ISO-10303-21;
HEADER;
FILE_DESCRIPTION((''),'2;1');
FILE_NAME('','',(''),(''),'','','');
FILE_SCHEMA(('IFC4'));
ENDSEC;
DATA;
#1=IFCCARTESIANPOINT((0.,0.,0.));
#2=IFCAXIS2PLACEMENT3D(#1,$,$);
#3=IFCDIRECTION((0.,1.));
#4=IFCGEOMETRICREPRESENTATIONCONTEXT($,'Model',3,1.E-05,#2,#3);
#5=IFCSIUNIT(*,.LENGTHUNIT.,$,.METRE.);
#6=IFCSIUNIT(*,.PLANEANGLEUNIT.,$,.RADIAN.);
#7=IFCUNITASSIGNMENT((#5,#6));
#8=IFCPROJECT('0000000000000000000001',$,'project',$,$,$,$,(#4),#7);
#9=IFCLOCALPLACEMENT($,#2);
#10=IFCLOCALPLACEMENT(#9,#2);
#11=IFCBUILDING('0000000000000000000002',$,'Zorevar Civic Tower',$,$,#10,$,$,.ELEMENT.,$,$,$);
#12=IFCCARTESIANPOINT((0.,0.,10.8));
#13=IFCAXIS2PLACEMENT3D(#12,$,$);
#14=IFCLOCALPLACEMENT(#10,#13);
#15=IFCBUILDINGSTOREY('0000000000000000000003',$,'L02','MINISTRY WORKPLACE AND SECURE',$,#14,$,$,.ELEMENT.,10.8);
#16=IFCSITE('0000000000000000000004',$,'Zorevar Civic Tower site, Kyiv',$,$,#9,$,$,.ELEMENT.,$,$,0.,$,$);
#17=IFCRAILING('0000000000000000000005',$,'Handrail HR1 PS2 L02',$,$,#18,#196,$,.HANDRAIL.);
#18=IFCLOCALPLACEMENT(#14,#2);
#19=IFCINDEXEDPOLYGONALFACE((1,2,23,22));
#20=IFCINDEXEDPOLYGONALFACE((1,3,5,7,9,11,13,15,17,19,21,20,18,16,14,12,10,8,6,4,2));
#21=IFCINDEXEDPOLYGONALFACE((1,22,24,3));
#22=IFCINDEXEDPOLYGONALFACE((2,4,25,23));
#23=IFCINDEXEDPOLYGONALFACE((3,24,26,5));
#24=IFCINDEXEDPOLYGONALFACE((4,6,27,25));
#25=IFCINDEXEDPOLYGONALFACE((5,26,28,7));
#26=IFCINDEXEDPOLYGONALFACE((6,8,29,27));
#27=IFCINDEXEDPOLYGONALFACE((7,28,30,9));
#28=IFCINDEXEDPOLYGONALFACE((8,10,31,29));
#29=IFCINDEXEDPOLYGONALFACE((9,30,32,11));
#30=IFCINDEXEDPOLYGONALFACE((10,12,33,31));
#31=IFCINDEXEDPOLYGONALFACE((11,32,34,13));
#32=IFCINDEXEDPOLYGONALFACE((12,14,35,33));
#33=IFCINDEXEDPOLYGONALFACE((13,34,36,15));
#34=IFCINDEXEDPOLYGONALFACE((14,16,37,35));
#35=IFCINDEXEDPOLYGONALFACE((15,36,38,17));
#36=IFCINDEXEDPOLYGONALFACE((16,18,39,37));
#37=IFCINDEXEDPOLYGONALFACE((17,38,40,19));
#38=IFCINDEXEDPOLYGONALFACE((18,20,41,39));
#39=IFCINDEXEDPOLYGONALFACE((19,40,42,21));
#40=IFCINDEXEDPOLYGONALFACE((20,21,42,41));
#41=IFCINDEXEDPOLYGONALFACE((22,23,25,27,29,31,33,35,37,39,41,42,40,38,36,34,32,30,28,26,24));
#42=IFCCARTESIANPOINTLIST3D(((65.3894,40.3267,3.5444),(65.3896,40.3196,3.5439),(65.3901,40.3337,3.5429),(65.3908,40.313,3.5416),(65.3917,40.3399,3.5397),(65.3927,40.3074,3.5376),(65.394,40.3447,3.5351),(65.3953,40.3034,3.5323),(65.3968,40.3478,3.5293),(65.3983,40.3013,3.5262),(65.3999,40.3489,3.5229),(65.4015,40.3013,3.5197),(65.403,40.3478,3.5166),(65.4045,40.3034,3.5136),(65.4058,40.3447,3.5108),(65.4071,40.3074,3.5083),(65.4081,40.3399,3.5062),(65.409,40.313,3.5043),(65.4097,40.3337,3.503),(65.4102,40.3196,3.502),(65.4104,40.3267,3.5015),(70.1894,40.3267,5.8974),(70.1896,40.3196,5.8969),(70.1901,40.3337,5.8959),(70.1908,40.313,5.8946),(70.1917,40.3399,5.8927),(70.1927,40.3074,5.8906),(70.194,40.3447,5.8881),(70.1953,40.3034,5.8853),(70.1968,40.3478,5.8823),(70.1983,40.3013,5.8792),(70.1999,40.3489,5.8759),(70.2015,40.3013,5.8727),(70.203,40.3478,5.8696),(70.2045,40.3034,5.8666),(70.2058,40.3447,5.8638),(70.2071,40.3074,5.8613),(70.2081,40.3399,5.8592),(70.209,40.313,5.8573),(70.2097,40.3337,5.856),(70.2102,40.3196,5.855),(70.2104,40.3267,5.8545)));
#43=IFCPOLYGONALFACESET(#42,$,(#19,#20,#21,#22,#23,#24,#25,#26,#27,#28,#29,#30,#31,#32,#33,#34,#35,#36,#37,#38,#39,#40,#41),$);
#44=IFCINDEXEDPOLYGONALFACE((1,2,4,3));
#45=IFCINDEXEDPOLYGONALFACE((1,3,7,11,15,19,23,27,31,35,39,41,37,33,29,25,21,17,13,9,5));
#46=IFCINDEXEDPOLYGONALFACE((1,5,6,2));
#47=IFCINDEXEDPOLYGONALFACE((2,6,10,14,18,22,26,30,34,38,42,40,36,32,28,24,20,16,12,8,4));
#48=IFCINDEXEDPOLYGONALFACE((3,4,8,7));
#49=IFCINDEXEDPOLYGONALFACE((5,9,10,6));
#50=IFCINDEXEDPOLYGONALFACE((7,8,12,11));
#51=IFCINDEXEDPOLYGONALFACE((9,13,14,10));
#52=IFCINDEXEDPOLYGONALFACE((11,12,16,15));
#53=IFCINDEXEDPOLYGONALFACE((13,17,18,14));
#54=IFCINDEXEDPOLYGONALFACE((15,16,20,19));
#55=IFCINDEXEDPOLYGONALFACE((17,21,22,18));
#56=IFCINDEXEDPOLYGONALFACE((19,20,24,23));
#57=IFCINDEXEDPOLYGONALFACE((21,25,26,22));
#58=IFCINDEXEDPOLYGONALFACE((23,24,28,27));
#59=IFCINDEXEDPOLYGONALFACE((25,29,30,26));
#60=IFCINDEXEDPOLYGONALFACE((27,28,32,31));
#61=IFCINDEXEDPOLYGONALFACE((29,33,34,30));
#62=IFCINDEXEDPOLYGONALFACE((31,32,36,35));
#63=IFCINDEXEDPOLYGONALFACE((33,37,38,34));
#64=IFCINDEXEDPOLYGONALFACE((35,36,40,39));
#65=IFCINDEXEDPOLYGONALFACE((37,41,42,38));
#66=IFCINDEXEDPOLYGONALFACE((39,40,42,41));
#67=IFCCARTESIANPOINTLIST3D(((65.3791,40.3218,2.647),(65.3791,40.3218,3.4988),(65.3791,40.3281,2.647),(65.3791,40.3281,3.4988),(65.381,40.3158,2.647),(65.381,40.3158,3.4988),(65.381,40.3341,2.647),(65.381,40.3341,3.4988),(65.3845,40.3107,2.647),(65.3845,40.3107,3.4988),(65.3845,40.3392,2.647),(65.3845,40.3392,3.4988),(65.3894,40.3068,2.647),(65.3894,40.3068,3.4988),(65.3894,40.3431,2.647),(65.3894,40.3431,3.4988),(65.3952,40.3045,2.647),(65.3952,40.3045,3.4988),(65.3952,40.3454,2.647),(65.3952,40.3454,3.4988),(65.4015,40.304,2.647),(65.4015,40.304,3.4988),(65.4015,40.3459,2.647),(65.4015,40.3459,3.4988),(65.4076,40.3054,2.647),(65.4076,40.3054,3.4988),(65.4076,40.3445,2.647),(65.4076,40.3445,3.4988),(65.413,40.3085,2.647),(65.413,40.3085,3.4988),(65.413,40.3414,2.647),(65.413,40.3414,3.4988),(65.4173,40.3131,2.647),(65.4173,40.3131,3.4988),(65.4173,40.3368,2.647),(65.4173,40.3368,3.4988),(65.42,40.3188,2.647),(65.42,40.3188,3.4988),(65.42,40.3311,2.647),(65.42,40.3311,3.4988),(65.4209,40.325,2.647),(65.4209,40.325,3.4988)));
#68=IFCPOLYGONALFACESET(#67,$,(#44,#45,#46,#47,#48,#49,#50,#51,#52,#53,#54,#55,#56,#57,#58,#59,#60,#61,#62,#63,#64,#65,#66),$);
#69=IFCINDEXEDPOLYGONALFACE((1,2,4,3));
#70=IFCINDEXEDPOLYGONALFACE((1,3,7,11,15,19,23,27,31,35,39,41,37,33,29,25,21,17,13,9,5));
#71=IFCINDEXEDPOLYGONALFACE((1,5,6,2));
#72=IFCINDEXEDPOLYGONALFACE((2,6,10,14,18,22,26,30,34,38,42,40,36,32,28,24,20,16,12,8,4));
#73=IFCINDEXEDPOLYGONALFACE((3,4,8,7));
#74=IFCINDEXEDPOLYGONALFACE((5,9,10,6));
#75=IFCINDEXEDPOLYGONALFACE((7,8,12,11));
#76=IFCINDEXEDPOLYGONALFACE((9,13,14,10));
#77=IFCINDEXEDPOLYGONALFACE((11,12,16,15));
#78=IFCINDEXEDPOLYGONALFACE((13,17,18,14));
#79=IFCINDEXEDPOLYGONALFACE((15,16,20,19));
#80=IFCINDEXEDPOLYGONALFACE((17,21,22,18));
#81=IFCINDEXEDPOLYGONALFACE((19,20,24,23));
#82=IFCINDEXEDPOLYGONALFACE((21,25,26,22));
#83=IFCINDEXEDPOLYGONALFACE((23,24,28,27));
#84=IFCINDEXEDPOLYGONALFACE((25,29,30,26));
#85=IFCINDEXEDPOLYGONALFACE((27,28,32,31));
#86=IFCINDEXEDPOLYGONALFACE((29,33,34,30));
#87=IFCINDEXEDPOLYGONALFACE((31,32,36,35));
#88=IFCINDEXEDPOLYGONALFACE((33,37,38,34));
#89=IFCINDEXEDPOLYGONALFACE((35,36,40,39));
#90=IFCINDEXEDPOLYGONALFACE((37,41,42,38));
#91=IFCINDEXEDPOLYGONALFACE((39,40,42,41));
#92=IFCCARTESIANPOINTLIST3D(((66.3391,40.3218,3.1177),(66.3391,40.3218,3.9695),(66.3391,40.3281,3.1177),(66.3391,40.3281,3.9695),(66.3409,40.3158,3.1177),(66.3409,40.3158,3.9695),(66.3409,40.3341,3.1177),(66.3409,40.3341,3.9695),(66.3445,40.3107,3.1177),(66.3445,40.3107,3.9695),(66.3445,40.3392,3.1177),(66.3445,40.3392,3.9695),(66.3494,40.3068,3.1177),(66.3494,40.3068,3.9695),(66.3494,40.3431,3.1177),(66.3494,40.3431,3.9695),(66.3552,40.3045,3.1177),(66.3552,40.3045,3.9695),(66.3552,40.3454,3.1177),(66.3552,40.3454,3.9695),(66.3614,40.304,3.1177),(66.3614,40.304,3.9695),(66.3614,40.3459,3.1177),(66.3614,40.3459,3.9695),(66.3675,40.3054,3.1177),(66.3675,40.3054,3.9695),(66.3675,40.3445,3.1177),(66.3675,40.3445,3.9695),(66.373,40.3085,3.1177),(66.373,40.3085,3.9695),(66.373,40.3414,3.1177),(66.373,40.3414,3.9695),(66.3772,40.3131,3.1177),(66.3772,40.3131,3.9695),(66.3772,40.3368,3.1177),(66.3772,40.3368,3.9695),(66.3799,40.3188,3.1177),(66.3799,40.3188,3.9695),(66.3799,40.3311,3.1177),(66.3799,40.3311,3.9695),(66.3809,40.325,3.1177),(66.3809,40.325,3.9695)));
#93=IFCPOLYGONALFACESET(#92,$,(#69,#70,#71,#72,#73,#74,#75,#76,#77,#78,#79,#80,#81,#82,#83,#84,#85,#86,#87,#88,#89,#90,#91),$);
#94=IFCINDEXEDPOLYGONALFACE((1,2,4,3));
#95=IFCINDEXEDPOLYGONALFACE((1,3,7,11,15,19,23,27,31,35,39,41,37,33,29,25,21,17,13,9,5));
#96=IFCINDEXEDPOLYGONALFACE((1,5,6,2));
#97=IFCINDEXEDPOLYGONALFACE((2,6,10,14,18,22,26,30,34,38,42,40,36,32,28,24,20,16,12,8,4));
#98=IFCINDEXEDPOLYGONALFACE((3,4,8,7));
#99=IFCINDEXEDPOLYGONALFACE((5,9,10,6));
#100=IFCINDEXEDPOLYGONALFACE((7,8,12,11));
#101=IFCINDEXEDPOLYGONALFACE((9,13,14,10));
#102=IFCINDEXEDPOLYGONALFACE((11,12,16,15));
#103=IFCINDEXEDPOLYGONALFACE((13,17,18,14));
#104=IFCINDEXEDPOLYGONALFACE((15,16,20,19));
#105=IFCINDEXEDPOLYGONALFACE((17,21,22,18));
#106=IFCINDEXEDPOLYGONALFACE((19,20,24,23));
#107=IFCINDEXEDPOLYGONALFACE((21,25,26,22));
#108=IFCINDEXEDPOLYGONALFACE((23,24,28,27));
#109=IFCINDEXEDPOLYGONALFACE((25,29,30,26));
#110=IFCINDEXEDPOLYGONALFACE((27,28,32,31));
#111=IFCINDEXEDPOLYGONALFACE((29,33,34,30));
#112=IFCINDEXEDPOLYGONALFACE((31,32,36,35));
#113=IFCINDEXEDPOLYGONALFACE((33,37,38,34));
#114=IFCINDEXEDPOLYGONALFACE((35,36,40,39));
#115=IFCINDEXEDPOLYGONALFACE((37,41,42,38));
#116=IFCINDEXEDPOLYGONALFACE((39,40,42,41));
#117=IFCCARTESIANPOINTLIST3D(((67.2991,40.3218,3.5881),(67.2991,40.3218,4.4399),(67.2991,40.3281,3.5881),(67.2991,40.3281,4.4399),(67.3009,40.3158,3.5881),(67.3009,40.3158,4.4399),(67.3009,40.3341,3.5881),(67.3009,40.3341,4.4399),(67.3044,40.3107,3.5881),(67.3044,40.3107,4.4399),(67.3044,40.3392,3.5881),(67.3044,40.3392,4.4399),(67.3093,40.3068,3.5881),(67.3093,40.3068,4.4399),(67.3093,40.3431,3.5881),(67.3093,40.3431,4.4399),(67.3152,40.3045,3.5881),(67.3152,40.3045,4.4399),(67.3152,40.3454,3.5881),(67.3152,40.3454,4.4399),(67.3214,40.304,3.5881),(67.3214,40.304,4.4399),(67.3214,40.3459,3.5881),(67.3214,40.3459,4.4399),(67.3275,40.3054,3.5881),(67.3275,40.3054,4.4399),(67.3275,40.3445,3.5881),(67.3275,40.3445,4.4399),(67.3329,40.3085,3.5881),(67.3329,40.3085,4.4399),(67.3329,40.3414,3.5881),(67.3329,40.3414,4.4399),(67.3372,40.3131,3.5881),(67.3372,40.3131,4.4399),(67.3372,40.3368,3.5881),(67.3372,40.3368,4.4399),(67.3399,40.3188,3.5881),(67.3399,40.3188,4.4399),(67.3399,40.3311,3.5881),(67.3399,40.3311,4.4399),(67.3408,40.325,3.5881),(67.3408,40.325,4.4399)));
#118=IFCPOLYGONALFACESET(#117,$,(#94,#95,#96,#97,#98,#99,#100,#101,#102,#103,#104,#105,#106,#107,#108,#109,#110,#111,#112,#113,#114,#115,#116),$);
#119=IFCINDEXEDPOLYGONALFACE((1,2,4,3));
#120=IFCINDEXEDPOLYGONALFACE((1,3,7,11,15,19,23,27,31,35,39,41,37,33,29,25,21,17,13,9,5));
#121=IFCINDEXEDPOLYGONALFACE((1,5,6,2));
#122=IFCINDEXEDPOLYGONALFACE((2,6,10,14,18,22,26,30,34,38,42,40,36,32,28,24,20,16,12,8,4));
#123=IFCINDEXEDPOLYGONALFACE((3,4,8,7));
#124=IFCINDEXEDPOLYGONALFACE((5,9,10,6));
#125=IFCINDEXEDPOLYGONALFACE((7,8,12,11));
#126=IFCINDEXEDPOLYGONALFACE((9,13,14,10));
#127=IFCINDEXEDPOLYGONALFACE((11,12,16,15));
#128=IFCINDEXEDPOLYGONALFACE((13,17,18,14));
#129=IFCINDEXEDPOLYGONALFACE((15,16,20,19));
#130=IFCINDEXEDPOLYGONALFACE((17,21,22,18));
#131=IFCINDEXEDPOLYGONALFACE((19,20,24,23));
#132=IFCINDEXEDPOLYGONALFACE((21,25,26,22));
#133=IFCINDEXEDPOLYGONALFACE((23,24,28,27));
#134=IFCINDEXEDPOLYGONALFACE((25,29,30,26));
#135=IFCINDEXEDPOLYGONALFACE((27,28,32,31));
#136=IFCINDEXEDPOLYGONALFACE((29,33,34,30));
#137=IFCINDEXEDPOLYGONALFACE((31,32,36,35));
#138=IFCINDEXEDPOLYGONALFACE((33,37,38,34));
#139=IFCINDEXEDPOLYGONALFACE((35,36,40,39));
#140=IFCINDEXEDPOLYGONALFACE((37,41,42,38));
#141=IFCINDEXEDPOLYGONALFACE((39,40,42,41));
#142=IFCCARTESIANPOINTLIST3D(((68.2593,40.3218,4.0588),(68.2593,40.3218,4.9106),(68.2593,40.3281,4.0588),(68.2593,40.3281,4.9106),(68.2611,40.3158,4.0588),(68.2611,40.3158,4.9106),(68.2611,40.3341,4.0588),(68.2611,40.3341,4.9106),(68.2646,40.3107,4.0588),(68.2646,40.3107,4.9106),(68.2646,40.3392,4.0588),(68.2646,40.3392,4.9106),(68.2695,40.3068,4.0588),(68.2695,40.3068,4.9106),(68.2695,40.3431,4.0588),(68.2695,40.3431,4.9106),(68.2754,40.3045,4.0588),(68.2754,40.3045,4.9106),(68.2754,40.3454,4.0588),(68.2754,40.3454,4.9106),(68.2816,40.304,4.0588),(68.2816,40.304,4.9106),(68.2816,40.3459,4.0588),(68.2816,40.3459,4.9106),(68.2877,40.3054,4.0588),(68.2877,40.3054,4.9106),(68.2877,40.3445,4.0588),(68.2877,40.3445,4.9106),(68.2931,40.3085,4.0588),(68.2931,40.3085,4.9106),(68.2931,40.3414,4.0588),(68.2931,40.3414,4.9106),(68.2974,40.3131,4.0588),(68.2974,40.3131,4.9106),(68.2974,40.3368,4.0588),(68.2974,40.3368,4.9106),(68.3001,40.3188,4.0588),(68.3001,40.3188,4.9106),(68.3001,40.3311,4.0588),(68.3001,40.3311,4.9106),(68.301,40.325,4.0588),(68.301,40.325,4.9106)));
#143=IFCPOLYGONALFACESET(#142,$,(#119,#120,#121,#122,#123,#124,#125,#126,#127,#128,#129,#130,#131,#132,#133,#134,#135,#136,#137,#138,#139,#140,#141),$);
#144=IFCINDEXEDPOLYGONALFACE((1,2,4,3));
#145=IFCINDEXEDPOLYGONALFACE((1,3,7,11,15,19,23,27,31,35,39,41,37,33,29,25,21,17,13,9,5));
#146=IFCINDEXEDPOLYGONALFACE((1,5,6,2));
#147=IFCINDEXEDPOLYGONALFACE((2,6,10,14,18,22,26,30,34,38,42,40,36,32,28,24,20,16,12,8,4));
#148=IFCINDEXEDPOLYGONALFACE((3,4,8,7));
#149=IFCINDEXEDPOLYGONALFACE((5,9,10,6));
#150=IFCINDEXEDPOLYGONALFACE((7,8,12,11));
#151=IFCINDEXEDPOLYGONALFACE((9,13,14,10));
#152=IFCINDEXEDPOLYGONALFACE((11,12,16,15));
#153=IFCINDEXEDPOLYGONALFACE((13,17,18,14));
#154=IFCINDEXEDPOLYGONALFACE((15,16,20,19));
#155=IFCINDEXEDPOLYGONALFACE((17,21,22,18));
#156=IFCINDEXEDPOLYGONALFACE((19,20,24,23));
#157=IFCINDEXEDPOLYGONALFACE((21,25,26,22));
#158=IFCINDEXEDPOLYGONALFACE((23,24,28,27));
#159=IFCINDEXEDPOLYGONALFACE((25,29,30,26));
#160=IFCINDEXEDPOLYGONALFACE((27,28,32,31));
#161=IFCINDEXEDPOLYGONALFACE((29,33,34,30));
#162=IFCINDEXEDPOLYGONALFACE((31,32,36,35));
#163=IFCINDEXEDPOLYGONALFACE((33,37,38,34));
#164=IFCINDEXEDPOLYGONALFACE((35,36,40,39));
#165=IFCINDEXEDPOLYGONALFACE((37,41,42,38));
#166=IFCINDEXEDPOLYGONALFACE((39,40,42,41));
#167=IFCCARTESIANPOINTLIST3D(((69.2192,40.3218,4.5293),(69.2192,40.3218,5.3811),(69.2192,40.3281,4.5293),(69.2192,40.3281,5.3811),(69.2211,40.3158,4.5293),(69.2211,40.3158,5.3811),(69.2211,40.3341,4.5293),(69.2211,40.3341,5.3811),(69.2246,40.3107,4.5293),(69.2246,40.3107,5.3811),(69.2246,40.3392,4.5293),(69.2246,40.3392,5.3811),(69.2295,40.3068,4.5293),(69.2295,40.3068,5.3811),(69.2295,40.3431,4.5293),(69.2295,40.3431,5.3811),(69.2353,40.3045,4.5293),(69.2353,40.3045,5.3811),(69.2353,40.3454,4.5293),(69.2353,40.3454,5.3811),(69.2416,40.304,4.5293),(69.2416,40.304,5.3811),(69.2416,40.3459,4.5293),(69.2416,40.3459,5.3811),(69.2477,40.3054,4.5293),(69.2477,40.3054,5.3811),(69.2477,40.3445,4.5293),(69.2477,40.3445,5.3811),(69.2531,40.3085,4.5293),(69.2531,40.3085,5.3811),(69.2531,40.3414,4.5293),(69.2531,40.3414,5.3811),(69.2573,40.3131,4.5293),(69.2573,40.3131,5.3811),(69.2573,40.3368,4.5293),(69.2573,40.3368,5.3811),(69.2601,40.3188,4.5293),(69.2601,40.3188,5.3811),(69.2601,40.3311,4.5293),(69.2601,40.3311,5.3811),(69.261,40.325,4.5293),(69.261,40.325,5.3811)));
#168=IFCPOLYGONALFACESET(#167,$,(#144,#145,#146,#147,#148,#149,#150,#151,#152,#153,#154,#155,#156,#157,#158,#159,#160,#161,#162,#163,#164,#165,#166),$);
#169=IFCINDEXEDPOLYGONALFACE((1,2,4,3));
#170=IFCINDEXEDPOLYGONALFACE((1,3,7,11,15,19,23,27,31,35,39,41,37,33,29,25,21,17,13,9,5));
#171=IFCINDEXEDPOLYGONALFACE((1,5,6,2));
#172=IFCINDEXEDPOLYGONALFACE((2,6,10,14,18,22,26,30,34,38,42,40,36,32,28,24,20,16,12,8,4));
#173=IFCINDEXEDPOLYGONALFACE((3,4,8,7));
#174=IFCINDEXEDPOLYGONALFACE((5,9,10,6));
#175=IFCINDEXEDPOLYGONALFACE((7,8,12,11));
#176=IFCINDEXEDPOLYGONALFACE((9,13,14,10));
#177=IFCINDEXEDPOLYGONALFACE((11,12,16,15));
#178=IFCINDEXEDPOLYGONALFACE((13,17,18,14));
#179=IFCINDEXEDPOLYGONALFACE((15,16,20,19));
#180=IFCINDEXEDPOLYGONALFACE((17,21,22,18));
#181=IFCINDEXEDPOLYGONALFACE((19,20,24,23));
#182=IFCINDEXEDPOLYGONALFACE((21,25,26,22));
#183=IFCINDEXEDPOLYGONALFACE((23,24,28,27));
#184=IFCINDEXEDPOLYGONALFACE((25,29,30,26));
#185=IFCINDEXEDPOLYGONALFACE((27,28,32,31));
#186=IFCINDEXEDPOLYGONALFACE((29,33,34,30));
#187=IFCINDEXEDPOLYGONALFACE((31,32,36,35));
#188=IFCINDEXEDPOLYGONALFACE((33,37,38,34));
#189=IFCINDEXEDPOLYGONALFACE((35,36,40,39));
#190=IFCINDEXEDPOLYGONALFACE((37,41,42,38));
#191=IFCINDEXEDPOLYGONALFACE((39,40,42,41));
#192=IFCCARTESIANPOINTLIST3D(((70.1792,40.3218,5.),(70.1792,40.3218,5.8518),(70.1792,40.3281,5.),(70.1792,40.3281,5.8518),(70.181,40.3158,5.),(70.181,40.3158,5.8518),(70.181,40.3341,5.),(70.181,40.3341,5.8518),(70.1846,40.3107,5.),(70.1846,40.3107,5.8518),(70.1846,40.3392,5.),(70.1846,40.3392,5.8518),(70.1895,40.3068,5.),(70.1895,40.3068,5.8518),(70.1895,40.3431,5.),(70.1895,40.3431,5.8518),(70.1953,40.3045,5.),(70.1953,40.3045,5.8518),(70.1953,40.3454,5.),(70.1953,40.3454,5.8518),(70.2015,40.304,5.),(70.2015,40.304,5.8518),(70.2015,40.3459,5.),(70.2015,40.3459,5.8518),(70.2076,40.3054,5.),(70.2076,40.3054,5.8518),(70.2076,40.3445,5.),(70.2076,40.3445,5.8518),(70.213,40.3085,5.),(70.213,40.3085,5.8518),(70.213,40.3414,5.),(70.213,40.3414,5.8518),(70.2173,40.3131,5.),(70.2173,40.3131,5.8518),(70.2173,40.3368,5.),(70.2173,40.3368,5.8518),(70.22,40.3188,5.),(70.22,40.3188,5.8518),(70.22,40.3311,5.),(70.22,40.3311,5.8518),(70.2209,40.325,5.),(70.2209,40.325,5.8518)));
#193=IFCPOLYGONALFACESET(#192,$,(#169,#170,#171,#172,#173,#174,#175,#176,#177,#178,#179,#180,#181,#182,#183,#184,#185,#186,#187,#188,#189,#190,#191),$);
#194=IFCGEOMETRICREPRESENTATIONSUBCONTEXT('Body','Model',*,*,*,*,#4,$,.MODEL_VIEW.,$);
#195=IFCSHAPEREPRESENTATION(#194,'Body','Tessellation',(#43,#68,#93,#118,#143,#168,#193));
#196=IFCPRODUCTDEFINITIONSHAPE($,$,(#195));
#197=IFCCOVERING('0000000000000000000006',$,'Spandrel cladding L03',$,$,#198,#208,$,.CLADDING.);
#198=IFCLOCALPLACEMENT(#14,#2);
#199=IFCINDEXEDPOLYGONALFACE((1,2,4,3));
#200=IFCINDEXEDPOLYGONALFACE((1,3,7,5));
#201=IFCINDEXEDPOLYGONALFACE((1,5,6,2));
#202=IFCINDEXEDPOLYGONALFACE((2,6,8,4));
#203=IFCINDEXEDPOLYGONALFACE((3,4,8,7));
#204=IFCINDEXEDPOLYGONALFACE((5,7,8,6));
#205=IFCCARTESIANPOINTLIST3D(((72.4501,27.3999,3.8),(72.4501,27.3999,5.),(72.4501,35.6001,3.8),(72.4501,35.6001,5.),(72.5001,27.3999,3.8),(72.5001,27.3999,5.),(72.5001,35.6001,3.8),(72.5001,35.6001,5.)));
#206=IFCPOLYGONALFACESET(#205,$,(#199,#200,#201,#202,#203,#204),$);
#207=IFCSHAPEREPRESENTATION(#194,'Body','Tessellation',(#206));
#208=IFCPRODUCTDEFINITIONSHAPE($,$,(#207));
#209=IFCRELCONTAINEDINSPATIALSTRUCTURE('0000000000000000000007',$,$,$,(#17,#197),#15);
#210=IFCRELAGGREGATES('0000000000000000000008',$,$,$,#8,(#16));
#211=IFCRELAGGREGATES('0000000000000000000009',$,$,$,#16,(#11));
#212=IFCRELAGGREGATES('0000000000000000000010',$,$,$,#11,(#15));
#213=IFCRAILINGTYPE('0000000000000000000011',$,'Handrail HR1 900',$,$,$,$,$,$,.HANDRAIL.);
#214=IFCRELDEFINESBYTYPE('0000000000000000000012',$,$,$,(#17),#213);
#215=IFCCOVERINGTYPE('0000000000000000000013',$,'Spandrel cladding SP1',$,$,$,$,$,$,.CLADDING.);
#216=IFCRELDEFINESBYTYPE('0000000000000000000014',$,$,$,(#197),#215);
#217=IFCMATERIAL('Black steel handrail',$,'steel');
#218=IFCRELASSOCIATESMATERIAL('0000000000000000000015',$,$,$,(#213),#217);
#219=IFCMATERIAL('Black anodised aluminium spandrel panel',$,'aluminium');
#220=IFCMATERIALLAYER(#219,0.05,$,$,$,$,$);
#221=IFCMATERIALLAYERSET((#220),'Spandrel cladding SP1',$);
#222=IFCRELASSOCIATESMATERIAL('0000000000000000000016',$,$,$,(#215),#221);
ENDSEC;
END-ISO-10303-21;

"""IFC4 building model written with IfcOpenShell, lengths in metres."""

from ifc_helpers import new_model, si_unit, direction, frame, frame_2d, origin, origin_2d, place, context, subcontext, project, spatial, rectangle, circle, extrude, material, layer, layer_set, type_object, element, save


model = new_model("IFC4")

# Units and contexts
model_context = context("Model", 3, precision=1e-05, world=origin(), true_north=direction((0.0, 1.0)))
body_context = subcontext(model_context, "Body", "Model", "MODEL_VIEW")
ifc_project = project(units=[si_unit("LENGTHUNIT", "METRE"), si_unit("PLANEANGLEUNIT", "RADIAN")], contexts=[model_context])

# Site, building, storey
site_placement = place(None, origin())
site = spatial("IfcSite", under=ifc_project, at=site_placement, Name="Zorevar Civic Tower site, Kyiv", CompositionType="ELEMENT", RefElevation=0.0)
building_placement = place(site_placement, origin())
building = spatial("IfcBuilding", under=site, at=building_placement, Name="Zorevar Civic Tower", CompositionType="ELEMENT")
storey_placement = place(building_placement, frame((0.0, 0.0, 10.8)))
storey = spatial("IfcBuildingStorey", under=building, at=storey_placement, Name="L02", Description="MINISTRY WORKPLACE AND SECURE", CompositionType="ELEMENT", Elevation=10.8)

# Railing
ifc_material_1 = material(Name="Black steel handrail", Category="steel")
railing_type = type_object("IfcRailingType", Name="Handrail HR1 900", PredefinedType="HANDRAIL", material=ifc_material_1)
railing_1_placement = place(storey_placement, frame((65.3999, 40.325, 2.647)))
element("IfcRailing", 1, at=railing_1_placement, inside=storey, type_object=railing_type, Name="Handrail HR1 PS2 L02", PredefinedType="HANDRAIL", context=body_context, shape_type="SweptSolid", body=[
    extrude(circle(Radius=0.0239, at=origin_2d()), frame((0.0, 0.0, 0.876), z_axis=(0.897916, 0.0, 0.440167), x_axis=(0.0, 1.0, 0.0)), (0.0, 0.0, 1.0), 5.3457),
    extrude(circle(Radius=0.021, at=origin_2d()), origin(), (0.0, 0.0, 1.0), 0.8518),
    extrude(circle(Radius=0.021, at=origin_2d()), frame((0.96, 0.0, 0.4707)), (0.0, 0.0, 1.0), 0.8518),
    extrude(circle(Radius=0.021, at=origin_2d()), frame((1.9199, 0.0, 0.9412)), (0.0, 0.0, 1.0), 0.8518),
    extrude(circle(Radius=0.021, at=origin_2d()), frame((2.8801, 0.0, 1.4119)), (0.0, 0.0, 1.0), 0.8518),
    extrude(circle(Radius=0.021, at=origin_2d()), frame((3.8401, 0.0, 1.8823)), (0.0, 0.0, 1.0), 0.8518),
    extrude(circle(Radius=0.021, at=origin_2d()), frame((4.8, 0.0, 2.353)), (0.0, 0.0, 1.0), 0.8518),
])

# Covering
ifc_material_2 = material(Name="Black anodised aluminium spandrel panel", Category="aluminium")
ifc_layer_1 = layer(ifc_material_2, 0.05)
ifc_layer_set_1 = layer_set([ifc_layer_1], Name="Spandrel cladding SP1")
covering_type = type_object("IfcCoveringType", Name="Spandrel cladding SP1", PredefinedType="CLADDING", material=ifc_layer_set_1)
for number, where, z_axis, x_axis, name in (
    (2, (72.4751, 27.3999, 3.8), (0.0, 0.0, 1.0), (0.0, 1.0, 0.0), "Spandrel cladding L03"),
):
    element("IfcCovering", number, at=place(storey_placement, frame(where, z_axis=z_axis, x_axis=x_axis)), inside=storey, type_object=covering_type, Name=name, PredefinedType="CLADDING", context=body_context, shape_type="SweptSolid", body=[
        extrude(rectangle(XDim=8.2002, YDim=0.05, at=frame_2d((4.1001, 0.0))), origin(), (0.0, 0.0, 1.0), 1.2),
    ])

save(model, "model.ifc")
